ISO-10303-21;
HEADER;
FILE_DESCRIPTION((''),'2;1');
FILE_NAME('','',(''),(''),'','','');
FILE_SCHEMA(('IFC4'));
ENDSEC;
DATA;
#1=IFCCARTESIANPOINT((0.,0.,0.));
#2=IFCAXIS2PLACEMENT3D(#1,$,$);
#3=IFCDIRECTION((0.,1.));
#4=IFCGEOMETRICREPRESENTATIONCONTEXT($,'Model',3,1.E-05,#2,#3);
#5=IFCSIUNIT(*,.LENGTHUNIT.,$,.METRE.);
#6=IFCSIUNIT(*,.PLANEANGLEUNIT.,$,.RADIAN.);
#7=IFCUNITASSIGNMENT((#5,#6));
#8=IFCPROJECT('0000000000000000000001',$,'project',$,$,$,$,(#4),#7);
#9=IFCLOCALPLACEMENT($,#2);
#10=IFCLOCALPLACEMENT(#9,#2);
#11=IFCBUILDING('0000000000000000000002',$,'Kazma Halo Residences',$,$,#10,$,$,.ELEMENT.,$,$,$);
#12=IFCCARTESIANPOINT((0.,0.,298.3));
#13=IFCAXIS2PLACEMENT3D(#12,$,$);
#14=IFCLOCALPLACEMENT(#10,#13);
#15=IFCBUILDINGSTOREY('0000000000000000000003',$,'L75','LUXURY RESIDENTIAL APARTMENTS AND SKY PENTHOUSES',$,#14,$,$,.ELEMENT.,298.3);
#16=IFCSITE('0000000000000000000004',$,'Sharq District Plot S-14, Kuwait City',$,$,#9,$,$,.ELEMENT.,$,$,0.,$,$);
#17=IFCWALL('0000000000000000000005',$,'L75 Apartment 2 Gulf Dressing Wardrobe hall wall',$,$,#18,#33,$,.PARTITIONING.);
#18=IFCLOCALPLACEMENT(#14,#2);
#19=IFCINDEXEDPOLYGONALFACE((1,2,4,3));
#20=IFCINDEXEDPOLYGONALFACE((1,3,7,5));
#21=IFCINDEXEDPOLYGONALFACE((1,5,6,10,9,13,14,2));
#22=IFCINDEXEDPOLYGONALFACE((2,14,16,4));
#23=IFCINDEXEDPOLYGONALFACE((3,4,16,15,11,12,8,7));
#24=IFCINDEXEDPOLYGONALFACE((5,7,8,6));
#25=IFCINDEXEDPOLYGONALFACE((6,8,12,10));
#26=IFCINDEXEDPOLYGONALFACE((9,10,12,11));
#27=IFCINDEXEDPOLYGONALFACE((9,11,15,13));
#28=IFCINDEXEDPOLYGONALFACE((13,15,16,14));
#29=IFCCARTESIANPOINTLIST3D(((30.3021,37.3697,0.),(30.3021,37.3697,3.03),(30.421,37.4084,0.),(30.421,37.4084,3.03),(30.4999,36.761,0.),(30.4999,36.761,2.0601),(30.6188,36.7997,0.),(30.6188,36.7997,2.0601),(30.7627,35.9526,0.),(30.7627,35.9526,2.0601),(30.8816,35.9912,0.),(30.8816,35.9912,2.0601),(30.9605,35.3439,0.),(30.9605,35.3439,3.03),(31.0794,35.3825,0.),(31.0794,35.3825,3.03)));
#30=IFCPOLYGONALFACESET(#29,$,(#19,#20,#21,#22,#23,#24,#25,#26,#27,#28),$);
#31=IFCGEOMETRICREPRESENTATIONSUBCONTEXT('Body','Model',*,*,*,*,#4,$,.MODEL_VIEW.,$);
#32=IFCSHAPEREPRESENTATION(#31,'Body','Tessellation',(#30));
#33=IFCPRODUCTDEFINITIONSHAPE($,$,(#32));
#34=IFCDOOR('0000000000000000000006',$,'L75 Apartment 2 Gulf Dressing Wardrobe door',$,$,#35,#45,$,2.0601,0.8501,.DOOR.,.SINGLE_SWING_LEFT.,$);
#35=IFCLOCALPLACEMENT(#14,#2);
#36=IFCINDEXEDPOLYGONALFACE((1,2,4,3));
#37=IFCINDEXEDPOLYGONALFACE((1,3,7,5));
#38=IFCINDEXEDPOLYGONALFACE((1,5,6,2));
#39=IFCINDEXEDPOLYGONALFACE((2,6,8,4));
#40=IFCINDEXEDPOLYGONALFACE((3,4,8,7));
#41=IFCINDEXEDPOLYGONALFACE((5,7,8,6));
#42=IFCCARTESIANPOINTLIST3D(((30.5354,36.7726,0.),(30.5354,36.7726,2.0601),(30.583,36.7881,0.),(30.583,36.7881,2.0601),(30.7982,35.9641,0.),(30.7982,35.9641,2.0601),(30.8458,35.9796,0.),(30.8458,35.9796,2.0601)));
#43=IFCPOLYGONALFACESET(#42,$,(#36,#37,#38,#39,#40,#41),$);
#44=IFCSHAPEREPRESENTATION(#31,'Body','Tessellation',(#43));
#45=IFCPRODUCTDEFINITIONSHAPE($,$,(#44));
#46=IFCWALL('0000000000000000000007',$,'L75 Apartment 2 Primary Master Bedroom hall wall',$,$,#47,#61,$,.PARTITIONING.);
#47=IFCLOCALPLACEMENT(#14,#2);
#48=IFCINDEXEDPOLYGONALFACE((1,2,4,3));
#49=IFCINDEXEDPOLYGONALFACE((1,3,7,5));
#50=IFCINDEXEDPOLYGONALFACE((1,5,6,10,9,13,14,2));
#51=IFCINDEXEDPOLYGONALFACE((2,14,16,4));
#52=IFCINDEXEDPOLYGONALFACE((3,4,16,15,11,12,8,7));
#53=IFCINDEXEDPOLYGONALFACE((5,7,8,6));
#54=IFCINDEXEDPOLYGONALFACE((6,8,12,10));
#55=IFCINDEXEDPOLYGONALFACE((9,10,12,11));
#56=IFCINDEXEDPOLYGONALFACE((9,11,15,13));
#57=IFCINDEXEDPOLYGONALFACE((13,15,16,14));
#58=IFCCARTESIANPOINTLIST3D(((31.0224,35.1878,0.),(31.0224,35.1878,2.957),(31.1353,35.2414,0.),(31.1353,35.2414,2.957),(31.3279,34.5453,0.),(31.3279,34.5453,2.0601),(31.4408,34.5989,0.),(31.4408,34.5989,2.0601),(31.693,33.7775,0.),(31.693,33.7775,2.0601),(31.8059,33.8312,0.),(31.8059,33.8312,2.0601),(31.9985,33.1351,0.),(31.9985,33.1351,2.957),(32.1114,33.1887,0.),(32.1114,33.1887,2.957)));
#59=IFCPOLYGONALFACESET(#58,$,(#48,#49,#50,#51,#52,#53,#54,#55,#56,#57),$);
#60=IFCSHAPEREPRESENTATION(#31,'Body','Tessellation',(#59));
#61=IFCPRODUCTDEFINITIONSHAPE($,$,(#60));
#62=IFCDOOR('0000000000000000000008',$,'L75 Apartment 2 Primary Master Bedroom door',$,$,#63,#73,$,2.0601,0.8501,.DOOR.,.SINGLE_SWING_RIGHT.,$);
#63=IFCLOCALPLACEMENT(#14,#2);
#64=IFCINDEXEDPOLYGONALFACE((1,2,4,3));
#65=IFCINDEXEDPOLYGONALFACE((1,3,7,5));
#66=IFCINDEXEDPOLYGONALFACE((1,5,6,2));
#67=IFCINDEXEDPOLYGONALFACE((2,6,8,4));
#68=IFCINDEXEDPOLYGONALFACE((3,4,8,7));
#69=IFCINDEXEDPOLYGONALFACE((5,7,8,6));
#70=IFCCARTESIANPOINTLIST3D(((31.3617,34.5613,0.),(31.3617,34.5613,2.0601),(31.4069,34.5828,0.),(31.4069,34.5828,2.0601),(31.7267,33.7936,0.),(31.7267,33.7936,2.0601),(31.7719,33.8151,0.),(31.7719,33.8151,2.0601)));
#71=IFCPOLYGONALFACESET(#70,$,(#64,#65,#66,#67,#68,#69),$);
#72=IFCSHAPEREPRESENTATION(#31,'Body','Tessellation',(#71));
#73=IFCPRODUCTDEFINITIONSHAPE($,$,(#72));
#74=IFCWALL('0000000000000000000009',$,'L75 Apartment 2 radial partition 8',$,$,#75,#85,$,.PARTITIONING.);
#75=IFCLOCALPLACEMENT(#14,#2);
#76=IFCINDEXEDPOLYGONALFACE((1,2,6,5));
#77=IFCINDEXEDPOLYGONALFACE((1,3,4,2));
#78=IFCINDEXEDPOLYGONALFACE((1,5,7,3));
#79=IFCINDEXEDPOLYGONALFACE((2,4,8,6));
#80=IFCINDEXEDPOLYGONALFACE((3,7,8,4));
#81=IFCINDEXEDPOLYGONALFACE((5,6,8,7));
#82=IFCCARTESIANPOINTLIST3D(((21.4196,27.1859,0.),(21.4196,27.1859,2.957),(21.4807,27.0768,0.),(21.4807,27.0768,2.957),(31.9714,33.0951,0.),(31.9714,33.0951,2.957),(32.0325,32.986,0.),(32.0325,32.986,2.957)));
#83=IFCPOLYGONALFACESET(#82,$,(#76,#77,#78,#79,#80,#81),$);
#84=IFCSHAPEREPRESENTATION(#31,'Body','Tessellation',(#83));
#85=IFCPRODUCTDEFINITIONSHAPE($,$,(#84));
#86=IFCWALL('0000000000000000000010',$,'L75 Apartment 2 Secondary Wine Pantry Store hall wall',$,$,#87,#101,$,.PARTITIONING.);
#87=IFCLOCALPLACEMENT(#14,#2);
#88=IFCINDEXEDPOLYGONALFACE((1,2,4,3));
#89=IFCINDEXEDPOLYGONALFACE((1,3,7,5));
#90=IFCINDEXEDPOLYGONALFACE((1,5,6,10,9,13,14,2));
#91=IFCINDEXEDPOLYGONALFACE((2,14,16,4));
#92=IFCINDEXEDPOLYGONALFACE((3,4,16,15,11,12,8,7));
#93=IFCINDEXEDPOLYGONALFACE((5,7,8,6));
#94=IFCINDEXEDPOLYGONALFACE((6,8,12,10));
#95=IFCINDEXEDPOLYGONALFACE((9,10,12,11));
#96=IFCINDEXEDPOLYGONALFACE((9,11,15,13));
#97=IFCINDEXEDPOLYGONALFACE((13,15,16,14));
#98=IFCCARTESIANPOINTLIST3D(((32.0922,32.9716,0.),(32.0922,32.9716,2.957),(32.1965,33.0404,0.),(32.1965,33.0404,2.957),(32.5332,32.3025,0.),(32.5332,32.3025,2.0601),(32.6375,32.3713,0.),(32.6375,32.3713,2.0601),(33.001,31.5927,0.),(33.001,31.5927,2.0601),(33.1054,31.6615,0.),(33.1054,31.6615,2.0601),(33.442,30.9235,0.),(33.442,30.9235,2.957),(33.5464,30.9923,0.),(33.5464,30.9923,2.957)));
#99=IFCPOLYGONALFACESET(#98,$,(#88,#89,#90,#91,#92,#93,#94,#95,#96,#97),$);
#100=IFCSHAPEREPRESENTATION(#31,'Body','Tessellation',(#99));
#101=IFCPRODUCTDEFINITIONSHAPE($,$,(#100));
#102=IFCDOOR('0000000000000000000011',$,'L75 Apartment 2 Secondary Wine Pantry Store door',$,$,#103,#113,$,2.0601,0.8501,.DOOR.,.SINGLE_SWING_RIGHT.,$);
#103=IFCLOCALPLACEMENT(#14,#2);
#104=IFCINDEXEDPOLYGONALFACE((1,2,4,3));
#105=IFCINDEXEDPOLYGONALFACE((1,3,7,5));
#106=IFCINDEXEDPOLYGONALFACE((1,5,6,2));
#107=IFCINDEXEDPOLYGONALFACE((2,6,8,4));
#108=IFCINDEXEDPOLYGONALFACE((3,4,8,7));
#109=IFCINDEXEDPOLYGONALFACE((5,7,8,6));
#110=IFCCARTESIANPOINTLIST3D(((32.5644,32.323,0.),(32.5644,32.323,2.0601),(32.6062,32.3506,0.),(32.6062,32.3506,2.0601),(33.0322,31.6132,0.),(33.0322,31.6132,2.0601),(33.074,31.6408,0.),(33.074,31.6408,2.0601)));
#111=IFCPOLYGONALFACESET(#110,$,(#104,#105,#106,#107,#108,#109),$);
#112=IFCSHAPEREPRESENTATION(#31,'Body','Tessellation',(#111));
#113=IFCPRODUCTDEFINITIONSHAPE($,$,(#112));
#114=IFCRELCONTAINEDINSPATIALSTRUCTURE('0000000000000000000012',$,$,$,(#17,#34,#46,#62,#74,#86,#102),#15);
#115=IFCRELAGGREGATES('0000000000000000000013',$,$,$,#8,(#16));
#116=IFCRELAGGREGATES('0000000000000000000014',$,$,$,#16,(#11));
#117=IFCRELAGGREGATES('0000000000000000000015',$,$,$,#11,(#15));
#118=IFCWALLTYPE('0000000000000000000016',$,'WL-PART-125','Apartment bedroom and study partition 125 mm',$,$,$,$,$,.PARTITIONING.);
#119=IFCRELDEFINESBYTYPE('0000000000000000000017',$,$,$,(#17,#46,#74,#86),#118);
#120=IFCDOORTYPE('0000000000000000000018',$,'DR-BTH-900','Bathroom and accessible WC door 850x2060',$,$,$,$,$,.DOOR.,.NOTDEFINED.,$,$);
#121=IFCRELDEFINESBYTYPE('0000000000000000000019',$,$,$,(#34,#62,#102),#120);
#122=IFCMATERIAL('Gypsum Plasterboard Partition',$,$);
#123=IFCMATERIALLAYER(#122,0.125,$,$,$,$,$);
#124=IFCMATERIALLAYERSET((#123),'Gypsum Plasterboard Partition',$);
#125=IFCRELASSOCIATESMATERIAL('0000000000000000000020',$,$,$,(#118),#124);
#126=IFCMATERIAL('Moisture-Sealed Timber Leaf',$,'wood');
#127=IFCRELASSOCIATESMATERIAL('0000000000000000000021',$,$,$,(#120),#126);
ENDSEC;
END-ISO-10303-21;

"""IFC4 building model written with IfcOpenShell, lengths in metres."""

from ifc_helpers import new_model, si_unit, direction, frame, frame_2d, origin, place, context, subcontext, project, spatial, rectangle, extrude, material, layer, layer_set, type_object, element, fill, save


model = new_model("IFC4")

# Units and contexts
model_context = context("Model", 3, precision=1e-05, world=origin(), true_north=direction((0.0, 1.0)))
body_context = subcontext(model_context, "Body", "Model", "MODEL_VIEW")
ifc_project = project(units=[si_unit("LENGTHUNIT", "METRE"), si_unit("PLANEANGLEUNIT", "RADIAN")], contexts=[model_context])

# Site, building, storey
site_placement = place(None, origin())
site = spatial("IfcSite", under=ifc_project, at=site_placement, Name="Sharq District Plot S-14, Kuwait City", CompositionType="ELEMENT", RefElevation=0.0)
building_placement = place(site_placement, origin())
building = spatial("IfcBuilding", under=site, at=building_placement, Name="Kazma Halo Residences", CompositionType="ELEMENT")
storey_placement = place(building_placement, frame((0.0, 0.0, 298.3)))
storey = spatial("IfcBuildingStorey", under=building, at=storey_placement, Name="L75", Description="LUXURY RESIDENTIAL APARTMENTS AND SKY PENTHOUSES", CompositionType="ELEMENT", Elevation=298.3)

# Shared definitions
ifc_material_1 = material(Name="Gypsum Plasterboard Partition")
ifc_layer_1 = layer(ifc_material_1, 0.125)
ifc_layer_set_1 = layer_set([ifc_layer_1], Name="Gypsum Plasterboard Partition")
wall_type_1 = type_object("IfcWallType", Name="WL-PART-125", Description="Apartment bedroom and study partition 125 mm", PredefinedType="PARTITIONING", material=ifc_layer_set_1)

# Walls, openings, doors
ifc_material_2 = material(Name="Moisture-Sealed Timber Leaf", Category="wood")
door_type = type_object("IfcDoorType", Name="DR-BTH-900", Description="Bathroom and accessible WC door 850x2060", OperationType="NOTDEFINED", PredefinedType="DOOR", material=ifc_material_2)
wall_1_placement = place(storey_placement, frame((30.3616, 37.3889, 0.0), z_axis=(0.0, 0.0, 1.0), x_axis=(0.309102, -0.951029, 0.0)))
wall_1 = element("IfcWall", 1, at=wall_1_placement, inside=storey, type_object=wall_type_1, Name="L75 Apartment 2 Gulf Dressing Wardrobe hall wall", PredefinedType="PARTITIONING", context=body_context, shape_type="SweptSolid", body=[
    extrude(rectangle(XDim=2.1301, YDim=0.125, at=frame_2d((1.0649, 0.0))), origin(), (0.0, 0.0, 1.0), 3.03),
])
opening_1_placement = place(wall_1_placement, frame((0.6399, 0.0, 0.0)))
opening_1 = element("IfcOpeningElement", 2, at=opening_1_placement, cuts=wall_1, PredefinedType="OPENING", context=body_context, shape_type="SweptSolid", body=[
    extrude(rectangle(XDim=0.8501, YDim=2.0601, at=frame_2d((0.425, 1.03))), frame((0.0, 0.0725, 0.0), z_axis=(0.0, -1.0, 0.0), x_axis=(1.0, 0.0, 0.0)), (0.0, 0.0, 1.0), 0.145),
])
door_1_placement = place(opening_1_placement, origin())
door_1 = element("IfcDoor", 3, at=door_1_placement, inside=storey, type_object=door_type, Name="L75 Apartment 2 Gulf Dressing Wardrobe door", OperationType="SINGLE_SWING_LEFT", OverallHeight=2.0601, OverallWidth=0.8501, PredefinedType="DOOR", context=body_context, shape_type="SweptSolid", body=[
    extrude(rectangle(XDim=0.8501, YDim=2.0601, at=frame_2d((0.425, 1.03))), frame((0.0, 0.0249, 0.0), z_axis=(0.0, -1.0, 0.0), x_axis=(1.0, 0.0, 0.0)), (0.0, 0.0, 1.0), 0.05),
])
fill(opening_1, door_1)
wall_2_placement = place(storey_placement, frame((31.0789, 35.2146, 0.0), z_axis=(0.0, 0.0, 1.0), x_axis=(0.429425, -0.903103, 0.0)))
wall_2 = element("IfcWall", 4, at=wall_2_placement, inside=storey, type_object=wall_type_1, Name="L75 Apartment 2 Primary Master Bedroom hall wall", PredefinedType="PARTITIONING", context=body_context, shape_type="SweptSolid", body=[
    extrude(rectangle(XDim=2.2729, YDim=0.125, at=frame_2d((1.1365, 0.0))), origin(), (0.0, 0.0, 1.0), 2.957),
])
opening_2_placement = place(wall_2_placement, frame((0.7114, 0.0, 0.0)))
opening_2 = element("IfcOpeningElement", 5, at=opening_2_placement, cuts=wall_2, PredefinedType="OPENING", context=body_context, shape_type="SweptSolid", body=[
    extrude(rectangle(XDim=0.8501, YDim=2.0601, at=frame_2d((0.425, 1.03))), frame((0.0, 0.0725, 0.0), z_axis=(0.0, -1.0, 0.0), x_axis=(1.0, 0.0, 0.0)), (0.0, 0.0, 1.0), 0.145),
])
door_2_placement = place(opening_2_placement, origin())
door_2 = element("IfcDoor", 6, at=door_2_placement, inside=storey, type_object=door_type, Name="L75 Apartment 2 Primary Master Bedroom door", OperationType="SINGLE_SWING_RIGHT", OverallHeight=2.0601, OverallWidth=0.8501, PredefinedType="DOOR", context=body_context, shape_type="SweptSolid", body=[
    extrude(rectangle(XDim=0.8501, YDim=2.0601, at=frame_2d((0.425, 1.03))), frame((0.0, 0.0249, 0.0), z_axis=(0.0, -1.0, 0.0), x_axis=(1.0, 0.0, 0.0)), (0.0, 0.0, 1.0), 0.05),
])
fill(opening_2, door_2)

# Wall
wall_3_placement = place(storey_placement, frame((32.002, 33.0405, 0.0), z_axis=(0.0, 0.0, 1.0), x_axis=(-0.872499, -0.488616, 0.0)))
element("IfcWall", 7, at=wall_3_placement, inside=storey, type_object=wall_type_1, Name="L75 Apartment 2 radial partition 8", PredefinedType="PARTITIONING", context=body_context, shape_type="SweptSolid", body=[
    extrude(rectangle(XDim=12.0938, YDim=0.125, at=frame_2d((6.0469, 0.0))), origin(), (0.0, 0.0, 1.0), 2.957),
])

# Wall, opening, door
wall_4_placement = place(storey_placement, frame((32.1443, 33.0061, 0.0), z_axis=(0.0, 0.0, 1.0), x_axis=(0.550305, -0.834963, 0.0)))
wall_4 = element("IfcWall", 8, at=wall_4_placement, inside=storey, type_object=wall_type_1, Name="L75 Apartment 2 Secondary Wine Pantry Store hall wall", PredefinedType="PARTITIONING", context=body_context, shape_type="SweptSolid", body=[
    extrude(rectangle(XDim=2.4529, YDim=0.125, at=frame_2d((1.2266, 0.0))), origin(), (0.0, 0.0, 1.0), 2.957),
])
opening_3_placement = place(wall_4_placement, frame((0.8015, 0.0, 0.0)))
opening_3 = element("IfcOpeningElement", 9, at=opening_3_placement, cuts=wall_4, PredefinedType="OPENING", context=body_context, shape_type="SweptSolid", body=[
    extrude(rectangle(XDim=0.8501, YDim=2.0601, at=frame_2d((0.425, 1.03))), frame((0.0, 0.0725, 0.0), z_axis=(0.0, -1.0, 0.0), x_axis=(1.0, 0.0, 0.0)), (0.0, 0.0, 1.0), 0.145),
])
door_3_placement = place(opening_3_placement, origin())
door_3 = element("IfcDoor", 10, at=door_3_placement, inside=storey, type_object=door_type, Name="L75 Apartment 2 Secondary Wine Pantry Store door", OperationType="SINGLE_SWING_RIGHT", OverallHeight=2.0601, OverallWidth=0.8501, PredefinedType="DOOR", context=body_context, shape_type="SweptSolid", body=[
    extrude(rectangle(XDim=0.8501, YDim=2.0601, at=frame_2d((0.425, 1.03))), frame((0.0, 0.0249, 0.0), z_axis=(0.0, -1.0, 0.0), x_axis=(1.0, 0.0, 0.0)), (0.0, 0.0, 1.0), 0.05),
])
fill(opening_3, door_3)

save(model, "model.ifc")
